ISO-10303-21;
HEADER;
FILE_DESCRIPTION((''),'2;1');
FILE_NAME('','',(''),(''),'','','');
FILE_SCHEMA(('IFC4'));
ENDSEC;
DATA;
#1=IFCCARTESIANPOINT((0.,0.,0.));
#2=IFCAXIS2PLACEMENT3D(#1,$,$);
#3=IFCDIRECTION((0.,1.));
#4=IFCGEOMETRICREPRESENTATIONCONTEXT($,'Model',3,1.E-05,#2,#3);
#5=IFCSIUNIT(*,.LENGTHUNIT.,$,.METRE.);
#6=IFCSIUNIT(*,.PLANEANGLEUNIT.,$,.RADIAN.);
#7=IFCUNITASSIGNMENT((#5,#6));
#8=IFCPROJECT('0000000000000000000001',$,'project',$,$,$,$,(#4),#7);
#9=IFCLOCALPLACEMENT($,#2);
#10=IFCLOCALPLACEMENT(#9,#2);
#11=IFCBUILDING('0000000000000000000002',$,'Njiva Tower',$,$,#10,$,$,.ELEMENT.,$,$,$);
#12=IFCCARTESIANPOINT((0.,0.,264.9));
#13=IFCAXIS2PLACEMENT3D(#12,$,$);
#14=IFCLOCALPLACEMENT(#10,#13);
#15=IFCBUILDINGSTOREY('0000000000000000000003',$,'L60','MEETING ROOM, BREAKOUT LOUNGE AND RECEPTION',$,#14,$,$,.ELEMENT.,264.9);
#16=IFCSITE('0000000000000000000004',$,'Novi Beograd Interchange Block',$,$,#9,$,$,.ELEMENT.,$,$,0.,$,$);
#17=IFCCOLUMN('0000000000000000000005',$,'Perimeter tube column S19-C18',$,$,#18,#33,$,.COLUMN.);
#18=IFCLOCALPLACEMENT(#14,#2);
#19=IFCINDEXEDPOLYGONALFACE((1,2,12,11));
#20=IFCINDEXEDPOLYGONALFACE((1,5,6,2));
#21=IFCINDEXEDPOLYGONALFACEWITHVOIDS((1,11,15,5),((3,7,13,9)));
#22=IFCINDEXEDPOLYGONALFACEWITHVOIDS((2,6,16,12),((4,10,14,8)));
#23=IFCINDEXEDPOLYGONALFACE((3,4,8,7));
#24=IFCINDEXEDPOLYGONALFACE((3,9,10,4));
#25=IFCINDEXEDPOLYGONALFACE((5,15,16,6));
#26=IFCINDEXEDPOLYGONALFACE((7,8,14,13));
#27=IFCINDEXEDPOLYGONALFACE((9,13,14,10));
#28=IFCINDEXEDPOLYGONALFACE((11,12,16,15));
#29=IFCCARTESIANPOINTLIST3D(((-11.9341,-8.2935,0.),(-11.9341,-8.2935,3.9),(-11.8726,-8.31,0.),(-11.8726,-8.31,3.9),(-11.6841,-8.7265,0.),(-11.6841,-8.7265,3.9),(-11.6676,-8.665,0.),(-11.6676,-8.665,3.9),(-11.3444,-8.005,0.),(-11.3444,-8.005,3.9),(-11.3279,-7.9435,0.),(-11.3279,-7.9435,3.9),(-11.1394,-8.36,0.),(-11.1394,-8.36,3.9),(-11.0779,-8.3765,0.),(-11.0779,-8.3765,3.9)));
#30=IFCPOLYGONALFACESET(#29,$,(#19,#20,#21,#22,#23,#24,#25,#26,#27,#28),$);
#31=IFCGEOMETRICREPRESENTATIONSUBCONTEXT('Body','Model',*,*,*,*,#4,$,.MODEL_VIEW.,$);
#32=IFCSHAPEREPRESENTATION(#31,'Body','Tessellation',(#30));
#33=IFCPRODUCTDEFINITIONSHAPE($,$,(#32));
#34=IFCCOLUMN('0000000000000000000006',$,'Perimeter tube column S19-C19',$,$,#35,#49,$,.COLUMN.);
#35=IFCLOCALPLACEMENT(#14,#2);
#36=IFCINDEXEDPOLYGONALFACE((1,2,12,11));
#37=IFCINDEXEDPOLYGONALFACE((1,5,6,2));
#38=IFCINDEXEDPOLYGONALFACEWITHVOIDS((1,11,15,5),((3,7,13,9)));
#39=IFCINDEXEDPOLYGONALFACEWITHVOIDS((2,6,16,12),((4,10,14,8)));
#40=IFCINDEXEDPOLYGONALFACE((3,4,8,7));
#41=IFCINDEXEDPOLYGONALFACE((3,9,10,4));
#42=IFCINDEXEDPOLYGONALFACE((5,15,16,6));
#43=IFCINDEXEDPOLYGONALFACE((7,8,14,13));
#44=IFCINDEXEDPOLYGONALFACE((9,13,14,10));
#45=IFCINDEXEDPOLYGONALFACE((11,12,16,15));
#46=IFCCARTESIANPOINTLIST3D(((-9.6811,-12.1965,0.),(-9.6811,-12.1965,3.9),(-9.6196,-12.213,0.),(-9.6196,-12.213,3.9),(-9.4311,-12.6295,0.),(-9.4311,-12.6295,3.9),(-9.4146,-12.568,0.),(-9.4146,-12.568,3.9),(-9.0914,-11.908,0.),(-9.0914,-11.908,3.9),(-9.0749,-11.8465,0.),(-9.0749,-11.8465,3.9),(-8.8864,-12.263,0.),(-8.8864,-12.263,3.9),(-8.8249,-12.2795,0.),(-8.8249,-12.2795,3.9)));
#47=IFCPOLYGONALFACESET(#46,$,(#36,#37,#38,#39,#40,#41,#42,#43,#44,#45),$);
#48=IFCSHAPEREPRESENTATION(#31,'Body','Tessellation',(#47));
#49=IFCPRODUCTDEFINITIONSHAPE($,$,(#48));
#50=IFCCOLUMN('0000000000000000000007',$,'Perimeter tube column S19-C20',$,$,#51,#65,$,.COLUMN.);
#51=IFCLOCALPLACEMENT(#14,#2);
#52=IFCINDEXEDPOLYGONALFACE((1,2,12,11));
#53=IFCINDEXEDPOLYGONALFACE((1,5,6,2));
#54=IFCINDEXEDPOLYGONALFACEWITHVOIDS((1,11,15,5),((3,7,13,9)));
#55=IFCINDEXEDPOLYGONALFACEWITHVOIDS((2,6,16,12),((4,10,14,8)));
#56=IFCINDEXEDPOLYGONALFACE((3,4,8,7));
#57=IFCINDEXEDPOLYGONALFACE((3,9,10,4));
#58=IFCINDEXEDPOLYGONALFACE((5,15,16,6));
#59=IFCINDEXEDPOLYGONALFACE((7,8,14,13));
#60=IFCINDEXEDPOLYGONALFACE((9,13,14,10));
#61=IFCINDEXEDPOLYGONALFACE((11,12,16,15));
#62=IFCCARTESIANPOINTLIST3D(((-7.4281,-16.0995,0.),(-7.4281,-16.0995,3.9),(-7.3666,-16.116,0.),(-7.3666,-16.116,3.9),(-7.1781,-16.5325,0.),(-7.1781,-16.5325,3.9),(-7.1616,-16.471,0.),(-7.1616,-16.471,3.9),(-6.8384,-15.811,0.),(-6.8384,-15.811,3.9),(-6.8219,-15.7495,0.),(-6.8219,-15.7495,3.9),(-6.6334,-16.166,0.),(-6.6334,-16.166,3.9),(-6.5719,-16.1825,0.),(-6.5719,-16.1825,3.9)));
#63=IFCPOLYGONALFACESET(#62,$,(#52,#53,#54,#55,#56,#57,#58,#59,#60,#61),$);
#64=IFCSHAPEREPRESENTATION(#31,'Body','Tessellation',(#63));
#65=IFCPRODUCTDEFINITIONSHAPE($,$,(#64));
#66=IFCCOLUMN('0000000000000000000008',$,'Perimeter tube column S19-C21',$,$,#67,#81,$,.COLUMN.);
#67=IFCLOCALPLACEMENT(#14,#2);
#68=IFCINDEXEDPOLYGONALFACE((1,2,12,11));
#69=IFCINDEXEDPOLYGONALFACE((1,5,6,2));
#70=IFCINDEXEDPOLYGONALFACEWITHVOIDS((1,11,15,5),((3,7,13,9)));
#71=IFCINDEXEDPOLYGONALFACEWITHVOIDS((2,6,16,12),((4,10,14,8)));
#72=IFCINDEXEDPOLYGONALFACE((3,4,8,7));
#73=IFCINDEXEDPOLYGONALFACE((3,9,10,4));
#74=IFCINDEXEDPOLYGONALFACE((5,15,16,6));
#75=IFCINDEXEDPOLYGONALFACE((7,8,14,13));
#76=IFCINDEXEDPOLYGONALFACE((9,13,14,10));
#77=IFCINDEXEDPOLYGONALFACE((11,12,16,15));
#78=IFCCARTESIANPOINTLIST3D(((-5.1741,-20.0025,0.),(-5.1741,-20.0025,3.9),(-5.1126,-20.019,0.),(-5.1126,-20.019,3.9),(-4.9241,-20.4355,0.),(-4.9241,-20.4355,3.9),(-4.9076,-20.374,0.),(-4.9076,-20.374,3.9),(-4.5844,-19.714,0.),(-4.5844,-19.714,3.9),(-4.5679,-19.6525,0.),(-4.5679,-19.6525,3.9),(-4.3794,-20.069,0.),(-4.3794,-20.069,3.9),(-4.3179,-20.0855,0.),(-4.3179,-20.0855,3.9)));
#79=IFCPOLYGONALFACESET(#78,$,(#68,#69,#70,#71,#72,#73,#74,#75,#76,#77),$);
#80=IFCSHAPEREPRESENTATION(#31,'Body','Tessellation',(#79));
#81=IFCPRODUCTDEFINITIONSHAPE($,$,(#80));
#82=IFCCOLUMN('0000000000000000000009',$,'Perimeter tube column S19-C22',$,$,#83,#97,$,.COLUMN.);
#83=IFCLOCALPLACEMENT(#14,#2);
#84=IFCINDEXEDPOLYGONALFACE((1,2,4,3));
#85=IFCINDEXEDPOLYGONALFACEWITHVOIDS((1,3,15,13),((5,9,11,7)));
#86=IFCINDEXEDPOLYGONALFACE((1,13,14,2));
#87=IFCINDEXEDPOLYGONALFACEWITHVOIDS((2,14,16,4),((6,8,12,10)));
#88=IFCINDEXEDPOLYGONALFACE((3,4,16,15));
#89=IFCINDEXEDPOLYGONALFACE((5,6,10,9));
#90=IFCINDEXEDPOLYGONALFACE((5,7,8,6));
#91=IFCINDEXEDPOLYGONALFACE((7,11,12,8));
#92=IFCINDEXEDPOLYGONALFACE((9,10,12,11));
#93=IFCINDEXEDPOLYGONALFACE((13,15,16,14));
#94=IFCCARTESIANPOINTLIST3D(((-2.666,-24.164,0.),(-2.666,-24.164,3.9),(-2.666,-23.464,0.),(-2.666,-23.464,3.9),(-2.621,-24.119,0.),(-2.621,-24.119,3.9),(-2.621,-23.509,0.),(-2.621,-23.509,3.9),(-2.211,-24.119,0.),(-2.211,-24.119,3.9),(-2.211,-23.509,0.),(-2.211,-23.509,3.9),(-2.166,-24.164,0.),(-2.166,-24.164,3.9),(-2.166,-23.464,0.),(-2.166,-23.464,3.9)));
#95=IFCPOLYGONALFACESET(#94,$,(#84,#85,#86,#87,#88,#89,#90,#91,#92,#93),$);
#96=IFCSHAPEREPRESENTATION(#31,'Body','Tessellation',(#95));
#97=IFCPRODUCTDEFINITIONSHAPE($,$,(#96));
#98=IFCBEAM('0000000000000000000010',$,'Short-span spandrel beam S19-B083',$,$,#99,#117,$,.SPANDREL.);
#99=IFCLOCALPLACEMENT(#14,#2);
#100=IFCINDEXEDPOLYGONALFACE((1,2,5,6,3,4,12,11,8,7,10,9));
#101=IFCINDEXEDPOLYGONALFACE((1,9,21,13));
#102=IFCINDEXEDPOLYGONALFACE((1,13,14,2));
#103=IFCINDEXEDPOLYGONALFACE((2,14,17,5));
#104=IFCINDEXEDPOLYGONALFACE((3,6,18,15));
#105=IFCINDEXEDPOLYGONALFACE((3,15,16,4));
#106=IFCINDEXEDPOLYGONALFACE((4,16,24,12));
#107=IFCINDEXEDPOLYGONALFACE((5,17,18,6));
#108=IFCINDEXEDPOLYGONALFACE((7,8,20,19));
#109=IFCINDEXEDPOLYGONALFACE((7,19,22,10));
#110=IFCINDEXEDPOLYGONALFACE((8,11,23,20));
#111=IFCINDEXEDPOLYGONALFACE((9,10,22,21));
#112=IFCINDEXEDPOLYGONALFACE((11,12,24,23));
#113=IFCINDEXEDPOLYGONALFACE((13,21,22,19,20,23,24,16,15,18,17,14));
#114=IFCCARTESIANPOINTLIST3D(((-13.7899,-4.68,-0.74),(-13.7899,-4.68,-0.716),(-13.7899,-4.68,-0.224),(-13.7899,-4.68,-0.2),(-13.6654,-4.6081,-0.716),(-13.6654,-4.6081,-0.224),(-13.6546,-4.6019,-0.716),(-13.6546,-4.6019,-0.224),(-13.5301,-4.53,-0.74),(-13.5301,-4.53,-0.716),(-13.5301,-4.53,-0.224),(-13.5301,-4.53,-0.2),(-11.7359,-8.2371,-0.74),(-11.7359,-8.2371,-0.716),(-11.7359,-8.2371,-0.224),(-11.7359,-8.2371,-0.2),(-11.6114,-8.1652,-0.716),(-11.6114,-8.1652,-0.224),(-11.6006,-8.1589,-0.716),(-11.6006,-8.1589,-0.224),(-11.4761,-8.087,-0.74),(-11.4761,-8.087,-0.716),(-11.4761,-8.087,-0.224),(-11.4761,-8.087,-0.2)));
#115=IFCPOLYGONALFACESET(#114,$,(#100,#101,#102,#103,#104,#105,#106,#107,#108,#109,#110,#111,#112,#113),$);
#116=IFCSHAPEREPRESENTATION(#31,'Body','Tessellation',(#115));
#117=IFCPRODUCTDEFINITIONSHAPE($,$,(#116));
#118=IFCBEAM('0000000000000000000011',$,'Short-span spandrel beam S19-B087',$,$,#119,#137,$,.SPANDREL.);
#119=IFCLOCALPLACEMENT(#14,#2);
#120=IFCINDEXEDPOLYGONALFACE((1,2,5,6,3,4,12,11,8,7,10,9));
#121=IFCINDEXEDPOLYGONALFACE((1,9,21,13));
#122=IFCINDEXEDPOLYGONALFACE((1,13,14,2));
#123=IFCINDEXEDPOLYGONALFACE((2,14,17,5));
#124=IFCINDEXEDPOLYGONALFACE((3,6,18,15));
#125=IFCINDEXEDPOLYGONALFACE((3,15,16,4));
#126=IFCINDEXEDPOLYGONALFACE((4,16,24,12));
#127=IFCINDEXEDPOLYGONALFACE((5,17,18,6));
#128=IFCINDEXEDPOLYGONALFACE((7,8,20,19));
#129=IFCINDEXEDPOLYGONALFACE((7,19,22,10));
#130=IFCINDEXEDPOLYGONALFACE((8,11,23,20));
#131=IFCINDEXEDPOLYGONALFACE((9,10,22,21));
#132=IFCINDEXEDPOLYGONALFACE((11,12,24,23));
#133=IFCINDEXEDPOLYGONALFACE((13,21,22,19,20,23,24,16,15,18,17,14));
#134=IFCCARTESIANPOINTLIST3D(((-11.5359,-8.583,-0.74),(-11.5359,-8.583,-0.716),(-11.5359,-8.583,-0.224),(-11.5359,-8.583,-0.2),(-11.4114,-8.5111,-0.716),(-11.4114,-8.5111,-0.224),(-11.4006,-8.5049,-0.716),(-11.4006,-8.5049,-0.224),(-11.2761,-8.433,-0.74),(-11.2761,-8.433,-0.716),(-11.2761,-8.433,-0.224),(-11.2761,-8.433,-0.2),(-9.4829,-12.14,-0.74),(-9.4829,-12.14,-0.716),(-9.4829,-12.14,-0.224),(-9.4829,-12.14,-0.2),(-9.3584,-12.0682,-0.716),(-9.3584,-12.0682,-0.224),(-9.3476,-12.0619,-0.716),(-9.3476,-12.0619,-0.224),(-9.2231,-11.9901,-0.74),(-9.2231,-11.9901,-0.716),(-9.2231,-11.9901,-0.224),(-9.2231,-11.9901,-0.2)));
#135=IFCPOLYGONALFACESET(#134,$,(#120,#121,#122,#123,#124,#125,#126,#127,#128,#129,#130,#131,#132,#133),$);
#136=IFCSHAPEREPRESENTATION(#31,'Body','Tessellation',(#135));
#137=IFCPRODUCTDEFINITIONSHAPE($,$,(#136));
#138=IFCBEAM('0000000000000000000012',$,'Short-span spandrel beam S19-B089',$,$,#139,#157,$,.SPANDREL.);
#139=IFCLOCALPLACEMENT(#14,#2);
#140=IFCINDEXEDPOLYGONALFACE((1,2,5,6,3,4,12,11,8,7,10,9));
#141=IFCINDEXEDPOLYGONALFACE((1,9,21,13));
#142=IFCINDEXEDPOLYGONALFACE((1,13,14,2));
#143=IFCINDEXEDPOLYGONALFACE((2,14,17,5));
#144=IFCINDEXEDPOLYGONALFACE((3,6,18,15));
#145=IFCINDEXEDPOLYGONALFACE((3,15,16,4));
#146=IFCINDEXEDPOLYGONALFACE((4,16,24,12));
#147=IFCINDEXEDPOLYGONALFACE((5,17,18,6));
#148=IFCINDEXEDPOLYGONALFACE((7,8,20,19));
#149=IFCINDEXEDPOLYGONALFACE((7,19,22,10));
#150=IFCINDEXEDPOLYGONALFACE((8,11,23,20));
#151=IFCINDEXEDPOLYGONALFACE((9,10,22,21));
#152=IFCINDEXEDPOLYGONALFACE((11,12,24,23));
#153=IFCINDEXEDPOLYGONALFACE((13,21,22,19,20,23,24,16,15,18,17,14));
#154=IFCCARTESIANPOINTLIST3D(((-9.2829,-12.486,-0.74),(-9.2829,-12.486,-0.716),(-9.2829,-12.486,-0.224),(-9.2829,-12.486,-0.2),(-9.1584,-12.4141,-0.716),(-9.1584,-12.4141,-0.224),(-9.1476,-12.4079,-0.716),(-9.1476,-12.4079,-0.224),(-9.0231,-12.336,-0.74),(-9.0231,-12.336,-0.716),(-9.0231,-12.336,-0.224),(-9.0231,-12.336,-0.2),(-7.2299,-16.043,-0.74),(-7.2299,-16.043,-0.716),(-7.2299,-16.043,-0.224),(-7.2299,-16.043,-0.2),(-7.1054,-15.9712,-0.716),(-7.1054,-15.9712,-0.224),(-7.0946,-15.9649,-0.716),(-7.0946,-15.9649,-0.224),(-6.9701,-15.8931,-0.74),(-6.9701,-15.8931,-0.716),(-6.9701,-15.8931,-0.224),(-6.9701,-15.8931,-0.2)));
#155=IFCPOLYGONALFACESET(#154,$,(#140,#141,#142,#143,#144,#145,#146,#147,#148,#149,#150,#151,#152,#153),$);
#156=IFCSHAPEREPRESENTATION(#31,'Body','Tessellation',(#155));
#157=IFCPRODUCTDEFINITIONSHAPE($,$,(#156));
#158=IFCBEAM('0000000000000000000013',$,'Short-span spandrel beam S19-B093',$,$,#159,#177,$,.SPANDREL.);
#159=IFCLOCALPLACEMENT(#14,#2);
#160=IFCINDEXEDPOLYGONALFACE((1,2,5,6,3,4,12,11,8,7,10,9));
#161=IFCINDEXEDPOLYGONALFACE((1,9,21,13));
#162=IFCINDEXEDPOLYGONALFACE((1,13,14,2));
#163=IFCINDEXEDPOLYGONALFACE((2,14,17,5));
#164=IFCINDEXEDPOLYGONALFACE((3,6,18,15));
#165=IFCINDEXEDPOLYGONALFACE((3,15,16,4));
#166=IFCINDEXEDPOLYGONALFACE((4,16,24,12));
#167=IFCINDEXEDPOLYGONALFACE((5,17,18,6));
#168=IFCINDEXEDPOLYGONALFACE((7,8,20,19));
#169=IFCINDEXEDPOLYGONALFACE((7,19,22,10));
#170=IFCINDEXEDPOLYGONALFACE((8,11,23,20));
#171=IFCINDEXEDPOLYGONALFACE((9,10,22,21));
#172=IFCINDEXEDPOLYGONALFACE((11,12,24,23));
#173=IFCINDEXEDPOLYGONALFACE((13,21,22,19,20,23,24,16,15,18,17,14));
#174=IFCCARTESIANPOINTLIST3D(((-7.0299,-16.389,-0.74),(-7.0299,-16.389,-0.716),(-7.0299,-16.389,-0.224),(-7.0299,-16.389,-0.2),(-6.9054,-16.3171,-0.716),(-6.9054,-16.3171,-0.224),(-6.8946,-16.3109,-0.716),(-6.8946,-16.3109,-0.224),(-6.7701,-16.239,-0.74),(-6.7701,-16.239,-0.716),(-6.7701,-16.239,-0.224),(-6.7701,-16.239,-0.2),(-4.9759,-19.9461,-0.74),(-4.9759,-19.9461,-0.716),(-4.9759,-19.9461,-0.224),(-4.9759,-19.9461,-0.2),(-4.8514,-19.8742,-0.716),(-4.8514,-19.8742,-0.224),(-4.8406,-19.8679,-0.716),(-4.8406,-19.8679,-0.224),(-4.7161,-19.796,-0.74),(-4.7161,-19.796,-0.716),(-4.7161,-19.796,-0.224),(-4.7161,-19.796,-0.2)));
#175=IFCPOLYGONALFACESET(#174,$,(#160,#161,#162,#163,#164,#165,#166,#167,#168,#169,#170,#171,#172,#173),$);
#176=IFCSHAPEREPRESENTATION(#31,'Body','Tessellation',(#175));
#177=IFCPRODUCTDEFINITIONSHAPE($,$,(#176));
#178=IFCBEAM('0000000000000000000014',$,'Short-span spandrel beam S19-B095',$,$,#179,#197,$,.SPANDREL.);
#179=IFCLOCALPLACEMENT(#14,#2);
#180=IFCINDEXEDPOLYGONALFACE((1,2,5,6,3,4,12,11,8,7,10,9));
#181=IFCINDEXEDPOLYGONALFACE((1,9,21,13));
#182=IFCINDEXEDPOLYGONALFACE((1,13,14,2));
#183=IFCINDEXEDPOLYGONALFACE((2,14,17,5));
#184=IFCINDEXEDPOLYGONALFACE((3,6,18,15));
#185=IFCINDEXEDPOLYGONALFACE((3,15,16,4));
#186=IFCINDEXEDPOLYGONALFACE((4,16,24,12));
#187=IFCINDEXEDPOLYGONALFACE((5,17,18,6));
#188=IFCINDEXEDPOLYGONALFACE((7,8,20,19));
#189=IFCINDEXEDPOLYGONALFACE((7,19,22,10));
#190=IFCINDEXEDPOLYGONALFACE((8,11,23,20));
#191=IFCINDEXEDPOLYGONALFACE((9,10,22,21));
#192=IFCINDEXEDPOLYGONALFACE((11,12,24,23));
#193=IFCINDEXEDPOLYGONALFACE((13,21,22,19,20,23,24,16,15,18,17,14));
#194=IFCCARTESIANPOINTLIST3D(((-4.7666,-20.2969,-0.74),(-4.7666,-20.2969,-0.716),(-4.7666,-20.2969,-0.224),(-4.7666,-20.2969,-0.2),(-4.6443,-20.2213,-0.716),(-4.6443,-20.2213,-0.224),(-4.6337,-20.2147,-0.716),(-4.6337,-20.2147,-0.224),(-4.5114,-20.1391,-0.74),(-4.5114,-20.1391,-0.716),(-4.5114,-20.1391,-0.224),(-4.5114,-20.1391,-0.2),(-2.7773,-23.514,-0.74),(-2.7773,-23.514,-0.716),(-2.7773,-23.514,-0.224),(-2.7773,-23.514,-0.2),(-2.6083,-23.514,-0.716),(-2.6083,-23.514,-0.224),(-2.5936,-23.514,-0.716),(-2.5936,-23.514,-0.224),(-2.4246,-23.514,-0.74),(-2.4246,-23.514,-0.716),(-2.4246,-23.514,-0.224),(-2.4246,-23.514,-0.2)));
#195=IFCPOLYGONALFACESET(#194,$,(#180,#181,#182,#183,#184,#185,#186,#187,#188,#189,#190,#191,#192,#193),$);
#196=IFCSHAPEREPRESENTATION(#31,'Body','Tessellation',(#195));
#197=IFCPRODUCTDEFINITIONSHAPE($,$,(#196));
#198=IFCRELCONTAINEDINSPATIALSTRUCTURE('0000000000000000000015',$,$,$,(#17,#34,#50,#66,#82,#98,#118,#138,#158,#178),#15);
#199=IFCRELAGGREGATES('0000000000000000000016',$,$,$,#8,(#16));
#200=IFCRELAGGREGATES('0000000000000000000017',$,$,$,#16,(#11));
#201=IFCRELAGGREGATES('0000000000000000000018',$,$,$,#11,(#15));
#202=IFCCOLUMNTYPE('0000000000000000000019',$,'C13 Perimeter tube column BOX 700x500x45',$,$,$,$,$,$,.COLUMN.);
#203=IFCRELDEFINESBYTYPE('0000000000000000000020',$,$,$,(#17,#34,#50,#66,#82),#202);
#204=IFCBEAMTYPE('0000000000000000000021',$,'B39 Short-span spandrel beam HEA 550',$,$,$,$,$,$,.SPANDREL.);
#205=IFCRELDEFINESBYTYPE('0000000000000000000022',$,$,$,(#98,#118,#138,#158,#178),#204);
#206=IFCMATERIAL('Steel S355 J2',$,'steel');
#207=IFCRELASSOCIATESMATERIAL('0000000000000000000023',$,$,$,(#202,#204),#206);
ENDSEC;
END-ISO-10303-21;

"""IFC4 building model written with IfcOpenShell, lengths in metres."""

from ifc_helpers import new_model, si_unit, direction, frame, origin, origin_2d, place, context, subcontext, project, spatial, hollow_rectangle, i_section, extrude, clip, halfspace, material, material_profile, profile_set, type_object, element, save


model = new_model("IFC4")

# Units and contexts
model_context = context("Model", 3, precision=1e-05, world=origin(), true_north=direction((0.0, 1.0)))
body_context = subcontext(model_context, "Body", "Model", "MODEL_VIEW")
ifc_project = project(units=[si_unit("LENGTHUNIT", "METRE"), si_unit("PLANEANGLEUNIT", "RADIAN")], contexts=[model_context])

# Site, building, storey
site_placement = place(None, origin())
site = spatial("IfcSite", under=ifc_project, at=site_placement, Name="Novi Beograd Interchange Block", CompositionType="ELEMENT", RefElevation=0.0)
building_placement = place(site_placement, origin())
building = spatial("IfcBuilding", under=site, at=building_placement, Name="Njiva Tower", CompositionType="ELEMENT")
storey_placement = place(building_placement, frame((0.0, 0.0, 264.9)))
storey = spatial("IfcBuildingStorey", under=building, at=storey_placement, Name="L60", Description="MEETING ROOM, BREAKOUT LOUNGE AND RECEPTION", CompositionType="ELEMENT", Elevation=264.9)

# Columns
ifc_material_1 = material(Name="Steel S355 J2", Category="steel")
ifc_material_profile_1 = material_profile(ifc_material_1, hollow_rectangle(XDim=0.5, YDim=0.7, WallThickness=0.045, at=origin_2d()), Name="BOX 700x500x45")
ifc_profile_set_1 = profile_set([ifc_material_profile_1], Name="Steel S355 J2")
column_type = type_object("IfcColumnType", Name="C13 Perimeter tube column BOX 700x500x45", PredefinedType="COLUMN", material=ifc_profile_set_1)
for number, where, z_axis, x_axis, name in (
    (1, (-11.506, -8.335, 0.0), (0.0, 0.0, 1.0), (0.5, -0.866025, 0.0), "Perimeter tube column S19-C18"),
    (2, (-9.253, -12.238, 0.0), (0.0, 0.0, 1.0), (0.5, -0.866025, 0.0), "Perimeter tube column S19-C19"),
    (3, (-7.0, -16.141, 0.0), (0.0, 0.0, 1.0), (0.5, -0.866025, 0.0), "Perimeter tube column S19-C20"),
    (4, (-4.746, -20.044, 0.0), (0.0, 0.0, 1.0), (0.5, -0.866025, 0.0), "Perimeter tube column S19-C21"),
    (5, (-2.416, -23.814, 0.0), (0.0, 0.0, 1.0), (1.0, 0.0, 0.0), "Perimeter tube column S19-C22"),
):
    element("IfcColumn", number, at=place(storey_placement, frame(where, z_axis=z_axis, x_axis=x_axis)), inside=storey, type_object=column_type, Name=name, PredefinedType="COLUMN", context=body_context, shape_type="SweptSolid", body=[
        extrude(hollow_rectangle(XDim=0.5, YDim=0.7, WallThickness=0.045, at=origin_2d()), origin(), (0.0, 0.0, 1.0), 3.9),
    ])

# Beams
ifc_material_profile_2 = material_profile(ifc_material_1, i_section(OverallWidth=0.3, OverallDepth=0.54, WebThickness=0.0125, FlangeThickness=0.024, at=origin_2d()), Name="HEA 550")
ifc_profile_set_2 = profile_set([ifc_material_profile_2], Name="Steel S355 J2")
beam_type_1 = type_object("IfcBeamType", Name="B39 Short-span spandrel beam HEA 550", PredefinedType="SPANDREL", material=ifc_profile_set_2)
beam_1_placement = place(storey_placement, frame((-13.66, -4.605, -0.47), z_axis=(0.500067, -0.865987, 0.0), x_axis=(0.865987, 0.500067, 0.0)))
element("IfcBeam", 6, at=beam_1_placement, inside=storey, type_object=beam_type_1, Name="Short-span spandrel beam S19-B083", PredefinedType="SPANDREL", context=body_context, shape_type="SweptSolid", body=[
    extrude(i_section(OverallWidth=0.3, OverallDepth=0.54, WebThickness=0.0125, FlangeThickness=0.024, at=origin_2d()), origin(), (0.0, 0.0, 1.0), 4.1075),
])
for number, where, z_axis, x_axis, name in (
    (7, (-11.406, -8.508, -0.47), (0.499884, -0.866092, 0.0), (0.866092, 0.499884, 0.0), "Short-span spandrel beam S19-B087"),
    (8, (-9.153, -12.411, -0.47), (0.499884, -0.866092, 0.0), (0.866092, 0.499884, 0.0), "Short-span spandrel beam S19-B089"),
):
    element("IfcBeam", number, at=place(storey_placement, frame(where, z_axis=z_axis, x_axis=x_axis)), inside=storey, type_object=beam_type_1, Name=name, PredefinedType="SPANDREL", context=body_context, shape_type="SweptSolid", body=[
        extrude(i_section(OverallWidth=0.3, OverallDepth=0.54, WebThickness=0.0125, FlangeThickness=0.024, at=origin_2d()), origin(), (0.0, 0.0, 1.0), 4.107),
    ])
beam_2_placement = place(storey_placement, frame((-6.9, -16.314, -0.47), z_axis=(0.500067, -0.865987, 0.0), x_axis=(0.865987, 0.500067, 0.0)))
element("IfcBeam", 9, at=beam_2_placement, inside=storey, type_object=beam_type_1, Name="Short-span spandrel beam S19-B093", PredefinedType="SPANDREL", context=body_context, shape_type="SweptSolid", body=[
    extrude(i_section(OverallWidth=0.3, OverallDepth=0.54, WebThickness=0.0125, FlangeThickness=0.024, at=origin_2d()), origin(), (0.0, 0.0, 1.0), 4.1075),
])
beam_3_placement = place(storey_placement, frame((-4.639, -20.218, -0.47), z_axis=(0.52591, -0.85054, 0.0), x_axis=(0.85054, 0.52591, 0.0)))
element("IfcBeam", 10, at=beam_3_placement, inside=storey, type_object=beam_type_1, Name="Short-span spandrel beam S19-B095", PredefinedType="SPANDREL", context=body_context, shape_type="Clipping", body=[
    clip(extrude(i_section(OverallWidth=0.3, OverallDepth=0.54, WebThickness=0.0125, FlangeThickness=0.024, at=origin_2d()), origin(), (0.0, 0.0, 1.0), 3.9882), halfspace(frame((-0.0267, 0.0, 3.8587), z_axis=(-0.52591, 0.0, 0.85054), x_axis=(0.0, 1.0, 0.0)), False)),
])

save(model, "model.ifc")
